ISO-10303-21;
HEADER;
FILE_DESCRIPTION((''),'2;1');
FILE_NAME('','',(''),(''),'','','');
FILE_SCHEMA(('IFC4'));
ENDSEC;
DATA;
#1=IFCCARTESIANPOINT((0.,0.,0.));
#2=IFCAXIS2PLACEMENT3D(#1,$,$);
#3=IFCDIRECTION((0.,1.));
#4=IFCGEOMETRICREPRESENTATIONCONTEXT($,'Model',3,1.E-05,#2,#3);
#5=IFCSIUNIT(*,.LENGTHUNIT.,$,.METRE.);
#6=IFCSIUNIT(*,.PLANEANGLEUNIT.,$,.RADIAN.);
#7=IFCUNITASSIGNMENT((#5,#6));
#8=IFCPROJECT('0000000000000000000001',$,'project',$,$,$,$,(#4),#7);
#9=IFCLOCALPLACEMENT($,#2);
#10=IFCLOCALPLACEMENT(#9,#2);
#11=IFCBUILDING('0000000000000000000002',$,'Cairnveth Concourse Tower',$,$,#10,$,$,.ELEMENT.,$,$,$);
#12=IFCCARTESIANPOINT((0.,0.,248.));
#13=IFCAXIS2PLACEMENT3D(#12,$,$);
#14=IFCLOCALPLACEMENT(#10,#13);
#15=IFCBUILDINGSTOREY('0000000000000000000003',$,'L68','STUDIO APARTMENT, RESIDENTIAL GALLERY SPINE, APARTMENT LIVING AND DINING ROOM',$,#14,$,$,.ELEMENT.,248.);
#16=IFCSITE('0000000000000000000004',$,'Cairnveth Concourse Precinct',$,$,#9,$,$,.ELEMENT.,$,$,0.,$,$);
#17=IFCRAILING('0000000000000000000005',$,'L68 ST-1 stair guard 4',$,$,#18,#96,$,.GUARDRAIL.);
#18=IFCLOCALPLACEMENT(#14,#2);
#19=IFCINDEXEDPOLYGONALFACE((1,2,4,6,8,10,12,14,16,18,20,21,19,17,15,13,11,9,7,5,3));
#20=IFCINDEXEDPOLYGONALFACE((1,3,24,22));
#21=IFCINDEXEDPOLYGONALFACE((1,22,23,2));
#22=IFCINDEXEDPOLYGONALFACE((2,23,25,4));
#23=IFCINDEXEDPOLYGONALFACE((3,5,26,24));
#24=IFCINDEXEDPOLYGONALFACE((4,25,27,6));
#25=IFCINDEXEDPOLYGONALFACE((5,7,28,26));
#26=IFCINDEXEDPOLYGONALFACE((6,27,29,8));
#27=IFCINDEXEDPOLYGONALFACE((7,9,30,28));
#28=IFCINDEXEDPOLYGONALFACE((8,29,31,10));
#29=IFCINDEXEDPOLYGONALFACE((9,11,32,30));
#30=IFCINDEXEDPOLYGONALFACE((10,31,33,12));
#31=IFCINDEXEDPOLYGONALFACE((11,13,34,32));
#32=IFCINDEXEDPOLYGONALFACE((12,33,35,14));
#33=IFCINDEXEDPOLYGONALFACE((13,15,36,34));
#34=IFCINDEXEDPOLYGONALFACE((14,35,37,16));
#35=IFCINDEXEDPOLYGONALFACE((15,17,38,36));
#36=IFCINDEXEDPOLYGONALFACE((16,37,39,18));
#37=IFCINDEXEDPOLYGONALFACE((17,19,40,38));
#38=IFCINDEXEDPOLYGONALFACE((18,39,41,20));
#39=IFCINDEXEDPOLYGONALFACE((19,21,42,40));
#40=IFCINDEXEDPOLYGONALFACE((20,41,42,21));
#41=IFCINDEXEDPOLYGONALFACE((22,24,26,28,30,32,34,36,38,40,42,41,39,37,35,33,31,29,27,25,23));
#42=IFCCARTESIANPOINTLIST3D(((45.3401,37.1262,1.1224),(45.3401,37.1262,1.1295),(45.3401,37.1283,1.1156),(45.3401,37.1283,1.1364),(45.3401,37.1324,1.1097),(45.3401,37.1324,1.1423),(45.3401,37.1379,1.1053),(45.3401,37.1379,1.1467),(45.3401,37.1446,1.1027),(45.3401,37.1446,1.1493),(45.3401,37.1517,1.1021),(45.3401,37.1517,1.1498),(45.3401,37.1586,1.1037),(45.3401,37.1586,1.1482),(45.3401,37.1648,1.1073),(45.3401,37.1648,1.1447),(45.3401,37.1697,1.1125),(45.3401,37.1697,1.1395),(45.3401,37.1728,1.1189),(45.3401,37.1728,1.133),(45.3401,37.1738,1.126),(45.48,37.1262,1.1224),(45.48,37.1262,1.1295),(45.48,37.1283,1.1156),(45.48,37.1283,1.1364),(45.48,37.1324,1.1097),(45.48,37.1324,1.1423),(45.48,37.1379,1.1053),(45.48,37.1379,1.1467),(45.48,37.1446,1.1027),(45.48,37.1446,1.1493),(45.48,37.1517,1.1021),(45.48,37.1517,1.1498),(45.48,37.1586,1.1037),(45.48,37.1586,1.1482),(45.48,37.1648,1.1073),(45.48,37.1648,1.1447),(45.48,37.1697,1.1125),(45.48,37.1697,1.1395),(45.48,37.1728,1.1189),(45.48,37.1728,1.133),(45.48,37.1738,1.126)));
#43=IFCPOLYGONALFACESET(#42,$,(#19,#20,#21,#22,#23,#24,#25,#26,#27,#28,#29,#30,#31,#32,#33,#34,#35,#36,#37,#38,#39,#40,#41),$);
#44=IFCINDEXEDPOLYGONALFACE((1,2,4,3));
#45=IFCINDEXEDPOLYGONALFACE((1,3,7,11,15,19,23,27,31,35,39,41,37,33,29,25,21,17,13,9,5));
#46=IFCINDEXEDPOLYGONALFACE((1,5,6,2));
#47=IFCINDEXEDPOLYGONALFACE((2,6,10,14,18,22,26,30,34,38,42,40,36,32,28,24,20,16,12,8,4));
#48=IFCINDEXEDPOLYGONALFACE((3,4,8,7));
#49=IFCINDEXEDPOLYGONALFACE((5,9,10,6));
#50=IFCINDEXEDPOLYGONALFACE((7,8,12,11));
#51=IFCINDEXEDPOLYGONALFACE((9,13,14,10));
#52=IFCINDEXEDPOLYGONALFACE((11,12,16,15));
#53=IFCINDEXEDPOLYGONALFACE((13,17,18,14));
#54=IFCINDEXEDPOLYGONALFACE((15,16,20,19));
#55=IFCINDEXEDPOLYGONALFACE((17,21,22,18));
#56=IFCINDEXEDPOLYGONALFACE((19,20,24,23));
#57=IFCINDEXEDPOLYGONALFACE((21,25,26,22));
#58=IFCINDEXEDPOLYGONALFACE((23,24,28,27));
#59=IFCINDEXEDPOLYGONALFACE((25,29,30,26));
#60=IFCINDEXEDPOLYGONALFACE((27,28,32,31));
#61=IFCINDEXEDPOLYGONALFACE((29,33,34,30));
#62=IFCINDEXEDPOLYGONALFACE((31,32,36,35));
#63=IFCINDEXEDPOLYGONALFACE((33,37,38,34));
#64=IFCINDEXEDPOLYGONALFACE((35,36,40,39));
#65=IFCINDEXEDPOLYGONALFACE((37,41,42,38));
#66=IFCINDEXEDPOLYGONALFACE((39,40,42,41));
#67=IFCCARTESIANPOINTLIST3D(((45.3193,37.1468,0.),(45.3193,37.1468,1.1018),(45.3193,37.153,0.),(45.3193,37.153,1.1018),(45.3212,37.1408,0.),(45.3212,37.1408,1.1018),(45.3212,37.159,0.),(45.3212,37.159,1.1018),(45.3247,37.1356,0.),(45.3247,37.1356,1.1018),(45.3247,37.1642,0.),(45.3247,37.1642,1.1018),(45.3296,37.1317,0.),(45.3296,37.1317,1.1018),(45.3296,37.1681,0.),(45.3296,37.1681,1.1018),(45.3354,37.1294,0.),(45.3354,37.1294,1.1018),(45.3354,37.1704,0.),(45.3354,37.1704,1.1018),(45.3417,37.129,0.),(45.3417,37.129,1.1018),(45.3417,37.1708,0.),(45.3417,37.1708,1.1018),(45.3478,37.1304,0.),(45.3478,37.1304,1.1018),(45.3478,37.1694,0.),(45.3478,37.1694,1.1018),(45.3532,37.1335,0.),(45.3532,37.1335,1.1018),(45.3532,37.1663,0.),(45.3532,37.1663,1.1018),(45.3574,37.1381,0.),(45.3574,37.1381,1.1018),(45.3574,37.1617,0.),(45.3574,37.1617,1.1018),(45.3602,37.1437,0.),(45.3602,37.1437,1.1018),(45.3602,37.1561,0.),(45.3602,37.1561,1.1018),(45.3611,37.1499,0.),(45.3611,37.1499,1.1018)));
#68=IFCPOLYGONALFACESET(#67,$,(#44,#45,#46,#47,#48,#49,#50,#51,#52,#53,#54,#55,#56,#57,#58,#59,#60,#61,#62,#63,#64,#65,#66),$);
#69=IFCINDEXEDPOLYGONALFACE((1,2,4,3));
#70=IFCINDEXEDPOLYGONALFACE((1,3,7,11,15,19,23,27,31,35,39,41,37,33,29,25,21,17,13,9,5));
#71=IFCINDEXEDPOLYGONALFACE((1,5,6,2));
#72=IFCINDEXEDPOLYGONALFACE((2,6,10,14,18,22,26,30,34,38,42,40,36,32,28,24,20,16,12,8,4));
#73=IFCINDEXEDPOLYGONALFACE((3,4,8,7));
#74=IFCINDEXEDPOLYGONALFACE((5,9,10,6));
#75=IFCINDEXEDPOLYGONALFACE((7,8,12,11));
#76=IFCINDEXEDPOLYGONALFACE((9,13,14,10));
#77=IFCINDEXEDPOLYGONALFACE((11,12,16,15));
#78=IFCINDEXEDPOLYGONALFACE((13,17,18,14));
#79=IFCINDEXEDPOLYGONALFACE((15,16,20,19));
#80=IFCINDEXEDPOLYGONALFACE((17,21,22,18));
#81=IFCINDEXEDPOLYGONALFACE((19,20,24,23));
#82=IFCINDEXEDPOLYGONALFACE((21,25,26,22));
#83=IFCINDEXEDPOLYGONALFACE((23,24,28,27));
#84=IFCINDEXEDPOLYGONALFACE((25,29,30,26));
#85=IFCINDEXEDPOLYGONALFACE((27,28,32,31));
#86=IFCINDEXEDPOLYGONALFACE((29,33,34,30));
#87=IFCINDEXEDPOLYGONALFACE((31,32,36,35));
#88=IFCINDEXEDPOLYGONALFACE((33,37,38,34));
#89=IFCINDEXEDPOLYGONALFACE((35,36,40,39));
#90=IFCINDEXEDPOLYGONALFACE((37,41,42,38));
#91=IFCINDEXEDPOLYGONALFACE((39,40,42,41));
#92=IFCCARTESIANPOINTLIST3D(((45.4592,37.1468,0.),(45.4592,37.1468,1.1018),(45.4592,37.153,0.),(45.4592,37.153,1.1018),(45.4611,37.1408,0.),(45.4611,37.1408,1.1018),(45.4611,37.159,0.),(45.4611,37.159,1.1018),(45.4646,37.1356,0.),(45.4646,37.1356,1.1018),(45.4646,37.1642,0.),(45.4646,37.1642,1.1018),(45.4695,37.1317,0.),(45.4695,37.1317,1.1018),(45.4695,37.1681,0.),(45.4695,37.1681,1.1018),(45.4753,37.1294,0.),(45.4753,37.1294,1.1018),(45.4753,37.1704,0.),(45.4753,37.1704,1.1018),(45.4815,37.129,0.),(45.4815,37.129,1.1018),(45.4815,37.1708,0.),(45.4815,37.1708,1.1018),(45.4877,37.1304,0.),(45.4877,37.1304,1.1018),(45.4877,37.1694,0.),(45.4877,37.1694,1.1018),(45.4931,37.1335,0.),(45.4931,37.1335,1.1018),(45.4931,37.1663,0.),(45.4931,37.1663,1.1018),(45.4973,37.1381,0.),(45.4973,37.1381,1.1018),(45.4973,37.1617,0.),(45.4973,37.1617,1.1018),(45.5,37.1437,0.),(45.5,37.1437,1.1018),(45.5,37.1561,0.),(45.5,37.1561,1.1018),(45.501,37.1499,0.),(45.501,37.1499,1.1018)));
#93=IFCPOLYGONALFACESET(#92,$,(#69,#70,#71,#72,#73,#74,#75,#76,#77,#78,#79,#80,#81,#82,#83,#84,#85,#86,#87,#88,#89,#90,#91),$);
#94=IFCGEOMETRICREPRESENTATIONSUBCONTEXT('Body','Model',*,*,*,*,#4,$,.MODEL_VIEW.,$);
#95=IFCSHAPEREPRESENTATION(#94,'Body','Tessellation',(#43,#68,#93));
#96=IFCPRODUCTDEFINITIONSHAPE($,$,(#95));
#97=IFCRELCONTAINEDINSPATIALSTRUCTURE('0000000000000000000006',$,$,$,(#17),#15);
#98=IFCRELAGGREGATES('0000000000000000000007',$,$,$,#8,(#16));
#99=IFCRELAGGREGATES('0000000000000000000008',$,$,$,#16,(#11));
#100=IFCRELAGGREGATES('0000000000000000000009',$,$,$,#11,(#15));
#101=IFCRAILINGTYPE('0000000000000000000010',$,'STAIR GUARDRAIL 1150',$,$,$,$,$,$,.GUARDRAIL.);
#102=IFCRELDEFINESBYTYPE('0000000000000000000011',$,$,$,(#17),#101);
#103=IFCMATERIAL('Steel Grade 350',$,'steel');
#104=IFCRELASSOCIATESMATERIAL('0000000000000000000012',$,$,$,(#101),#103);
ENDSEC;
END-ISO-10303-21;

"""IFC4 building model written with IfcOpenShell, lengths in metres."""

from ifc_helpers import new_model, si_unit, direction, frame, origin, origin_2d, place, context, subcontext, project, spatial, circle, extrude, material, type_object, element, save


model = new_model("IFC4")

# Units and contexts
model_context = context("Model", 3, precision=1e-05, world=origin(), true_north=direction((0.0, 1.0)))
body_context = subcontext(model_context, "Body", "Model", "MODEL_VIEW")
ifc_project = project(units=[si_unit("LENGTHUNIT", "METRE"), si_unit("PLANEANGLEUNIT", "RADIAN")], contexts=[model_context])

# Site, building, storey
site_placement = place(None, origin())
site = spatial("IfcSite", under=ifc_project, at=site_placement, Name="Cairnveth Concourse Precinct", CompositionType="ELEMENT", RefElevation=0.0)
building_placement = place(site_placement, origin())
building = spatial("IfcBuilding", under=site, at=building_placement, Name="Cairnveth Concourse Tower", CompositionType="ELEMENT")
storey_placement = place(building_placement, frame((0.0, 0.0, 248.0)))
storey = spatial("IfcBuildingStorey", under=building, at=storey_placement, Name="L68", Description="STUDIO APARTMENT, RESIDENTIAL GALLERY SPINE, APARTMENT LIVING AND DINING ROOM", CompositionType="ELEMENT", Elevation=248.0)

# Shared definitions
ifc_material_1 = material(Name="Steel Grade 350", Category="steel")

# Railing
railing_type_1 = type_object("IfcRailingType", Name="STAIR GUARDRAIL 1150", PredefinedType="GUARDRAIL", material=ifc_material_1)
railing_1_placement = place(storey_placement, frame((45.3401, 37.1499, 0.0)))
element("IfcRailing", 1, at=railing_1_placement, inside=storey, type_object=railing_type_1, Name="L68 ST-1 stair guard 4", PredefinedType="GUARDRAIL", context=body_context, shape_type="SweptSolid", body=[
    extrude(circle(Radius=0.0239, at=origin_2d()), frame((0.0, 0.0, 1.126), z_axis=(1.0, 0.0, 0.0), x_axis=(0.0, 1.0, 0.0)), (0.0, 0.0, 1.0), 0.1399),
    extrude(circle(Radius=0.021, at=origin_2d()), origin(), (0.0, 0.0, 1.0), 1.1018),
    extrude(circle(Radius=0.021, at=origin_2d()), frame((0.1399, 0.0, 0.0)), (0.0, 0.0, 1.0), 1.1018),
])

save(model, "model.ifc")
